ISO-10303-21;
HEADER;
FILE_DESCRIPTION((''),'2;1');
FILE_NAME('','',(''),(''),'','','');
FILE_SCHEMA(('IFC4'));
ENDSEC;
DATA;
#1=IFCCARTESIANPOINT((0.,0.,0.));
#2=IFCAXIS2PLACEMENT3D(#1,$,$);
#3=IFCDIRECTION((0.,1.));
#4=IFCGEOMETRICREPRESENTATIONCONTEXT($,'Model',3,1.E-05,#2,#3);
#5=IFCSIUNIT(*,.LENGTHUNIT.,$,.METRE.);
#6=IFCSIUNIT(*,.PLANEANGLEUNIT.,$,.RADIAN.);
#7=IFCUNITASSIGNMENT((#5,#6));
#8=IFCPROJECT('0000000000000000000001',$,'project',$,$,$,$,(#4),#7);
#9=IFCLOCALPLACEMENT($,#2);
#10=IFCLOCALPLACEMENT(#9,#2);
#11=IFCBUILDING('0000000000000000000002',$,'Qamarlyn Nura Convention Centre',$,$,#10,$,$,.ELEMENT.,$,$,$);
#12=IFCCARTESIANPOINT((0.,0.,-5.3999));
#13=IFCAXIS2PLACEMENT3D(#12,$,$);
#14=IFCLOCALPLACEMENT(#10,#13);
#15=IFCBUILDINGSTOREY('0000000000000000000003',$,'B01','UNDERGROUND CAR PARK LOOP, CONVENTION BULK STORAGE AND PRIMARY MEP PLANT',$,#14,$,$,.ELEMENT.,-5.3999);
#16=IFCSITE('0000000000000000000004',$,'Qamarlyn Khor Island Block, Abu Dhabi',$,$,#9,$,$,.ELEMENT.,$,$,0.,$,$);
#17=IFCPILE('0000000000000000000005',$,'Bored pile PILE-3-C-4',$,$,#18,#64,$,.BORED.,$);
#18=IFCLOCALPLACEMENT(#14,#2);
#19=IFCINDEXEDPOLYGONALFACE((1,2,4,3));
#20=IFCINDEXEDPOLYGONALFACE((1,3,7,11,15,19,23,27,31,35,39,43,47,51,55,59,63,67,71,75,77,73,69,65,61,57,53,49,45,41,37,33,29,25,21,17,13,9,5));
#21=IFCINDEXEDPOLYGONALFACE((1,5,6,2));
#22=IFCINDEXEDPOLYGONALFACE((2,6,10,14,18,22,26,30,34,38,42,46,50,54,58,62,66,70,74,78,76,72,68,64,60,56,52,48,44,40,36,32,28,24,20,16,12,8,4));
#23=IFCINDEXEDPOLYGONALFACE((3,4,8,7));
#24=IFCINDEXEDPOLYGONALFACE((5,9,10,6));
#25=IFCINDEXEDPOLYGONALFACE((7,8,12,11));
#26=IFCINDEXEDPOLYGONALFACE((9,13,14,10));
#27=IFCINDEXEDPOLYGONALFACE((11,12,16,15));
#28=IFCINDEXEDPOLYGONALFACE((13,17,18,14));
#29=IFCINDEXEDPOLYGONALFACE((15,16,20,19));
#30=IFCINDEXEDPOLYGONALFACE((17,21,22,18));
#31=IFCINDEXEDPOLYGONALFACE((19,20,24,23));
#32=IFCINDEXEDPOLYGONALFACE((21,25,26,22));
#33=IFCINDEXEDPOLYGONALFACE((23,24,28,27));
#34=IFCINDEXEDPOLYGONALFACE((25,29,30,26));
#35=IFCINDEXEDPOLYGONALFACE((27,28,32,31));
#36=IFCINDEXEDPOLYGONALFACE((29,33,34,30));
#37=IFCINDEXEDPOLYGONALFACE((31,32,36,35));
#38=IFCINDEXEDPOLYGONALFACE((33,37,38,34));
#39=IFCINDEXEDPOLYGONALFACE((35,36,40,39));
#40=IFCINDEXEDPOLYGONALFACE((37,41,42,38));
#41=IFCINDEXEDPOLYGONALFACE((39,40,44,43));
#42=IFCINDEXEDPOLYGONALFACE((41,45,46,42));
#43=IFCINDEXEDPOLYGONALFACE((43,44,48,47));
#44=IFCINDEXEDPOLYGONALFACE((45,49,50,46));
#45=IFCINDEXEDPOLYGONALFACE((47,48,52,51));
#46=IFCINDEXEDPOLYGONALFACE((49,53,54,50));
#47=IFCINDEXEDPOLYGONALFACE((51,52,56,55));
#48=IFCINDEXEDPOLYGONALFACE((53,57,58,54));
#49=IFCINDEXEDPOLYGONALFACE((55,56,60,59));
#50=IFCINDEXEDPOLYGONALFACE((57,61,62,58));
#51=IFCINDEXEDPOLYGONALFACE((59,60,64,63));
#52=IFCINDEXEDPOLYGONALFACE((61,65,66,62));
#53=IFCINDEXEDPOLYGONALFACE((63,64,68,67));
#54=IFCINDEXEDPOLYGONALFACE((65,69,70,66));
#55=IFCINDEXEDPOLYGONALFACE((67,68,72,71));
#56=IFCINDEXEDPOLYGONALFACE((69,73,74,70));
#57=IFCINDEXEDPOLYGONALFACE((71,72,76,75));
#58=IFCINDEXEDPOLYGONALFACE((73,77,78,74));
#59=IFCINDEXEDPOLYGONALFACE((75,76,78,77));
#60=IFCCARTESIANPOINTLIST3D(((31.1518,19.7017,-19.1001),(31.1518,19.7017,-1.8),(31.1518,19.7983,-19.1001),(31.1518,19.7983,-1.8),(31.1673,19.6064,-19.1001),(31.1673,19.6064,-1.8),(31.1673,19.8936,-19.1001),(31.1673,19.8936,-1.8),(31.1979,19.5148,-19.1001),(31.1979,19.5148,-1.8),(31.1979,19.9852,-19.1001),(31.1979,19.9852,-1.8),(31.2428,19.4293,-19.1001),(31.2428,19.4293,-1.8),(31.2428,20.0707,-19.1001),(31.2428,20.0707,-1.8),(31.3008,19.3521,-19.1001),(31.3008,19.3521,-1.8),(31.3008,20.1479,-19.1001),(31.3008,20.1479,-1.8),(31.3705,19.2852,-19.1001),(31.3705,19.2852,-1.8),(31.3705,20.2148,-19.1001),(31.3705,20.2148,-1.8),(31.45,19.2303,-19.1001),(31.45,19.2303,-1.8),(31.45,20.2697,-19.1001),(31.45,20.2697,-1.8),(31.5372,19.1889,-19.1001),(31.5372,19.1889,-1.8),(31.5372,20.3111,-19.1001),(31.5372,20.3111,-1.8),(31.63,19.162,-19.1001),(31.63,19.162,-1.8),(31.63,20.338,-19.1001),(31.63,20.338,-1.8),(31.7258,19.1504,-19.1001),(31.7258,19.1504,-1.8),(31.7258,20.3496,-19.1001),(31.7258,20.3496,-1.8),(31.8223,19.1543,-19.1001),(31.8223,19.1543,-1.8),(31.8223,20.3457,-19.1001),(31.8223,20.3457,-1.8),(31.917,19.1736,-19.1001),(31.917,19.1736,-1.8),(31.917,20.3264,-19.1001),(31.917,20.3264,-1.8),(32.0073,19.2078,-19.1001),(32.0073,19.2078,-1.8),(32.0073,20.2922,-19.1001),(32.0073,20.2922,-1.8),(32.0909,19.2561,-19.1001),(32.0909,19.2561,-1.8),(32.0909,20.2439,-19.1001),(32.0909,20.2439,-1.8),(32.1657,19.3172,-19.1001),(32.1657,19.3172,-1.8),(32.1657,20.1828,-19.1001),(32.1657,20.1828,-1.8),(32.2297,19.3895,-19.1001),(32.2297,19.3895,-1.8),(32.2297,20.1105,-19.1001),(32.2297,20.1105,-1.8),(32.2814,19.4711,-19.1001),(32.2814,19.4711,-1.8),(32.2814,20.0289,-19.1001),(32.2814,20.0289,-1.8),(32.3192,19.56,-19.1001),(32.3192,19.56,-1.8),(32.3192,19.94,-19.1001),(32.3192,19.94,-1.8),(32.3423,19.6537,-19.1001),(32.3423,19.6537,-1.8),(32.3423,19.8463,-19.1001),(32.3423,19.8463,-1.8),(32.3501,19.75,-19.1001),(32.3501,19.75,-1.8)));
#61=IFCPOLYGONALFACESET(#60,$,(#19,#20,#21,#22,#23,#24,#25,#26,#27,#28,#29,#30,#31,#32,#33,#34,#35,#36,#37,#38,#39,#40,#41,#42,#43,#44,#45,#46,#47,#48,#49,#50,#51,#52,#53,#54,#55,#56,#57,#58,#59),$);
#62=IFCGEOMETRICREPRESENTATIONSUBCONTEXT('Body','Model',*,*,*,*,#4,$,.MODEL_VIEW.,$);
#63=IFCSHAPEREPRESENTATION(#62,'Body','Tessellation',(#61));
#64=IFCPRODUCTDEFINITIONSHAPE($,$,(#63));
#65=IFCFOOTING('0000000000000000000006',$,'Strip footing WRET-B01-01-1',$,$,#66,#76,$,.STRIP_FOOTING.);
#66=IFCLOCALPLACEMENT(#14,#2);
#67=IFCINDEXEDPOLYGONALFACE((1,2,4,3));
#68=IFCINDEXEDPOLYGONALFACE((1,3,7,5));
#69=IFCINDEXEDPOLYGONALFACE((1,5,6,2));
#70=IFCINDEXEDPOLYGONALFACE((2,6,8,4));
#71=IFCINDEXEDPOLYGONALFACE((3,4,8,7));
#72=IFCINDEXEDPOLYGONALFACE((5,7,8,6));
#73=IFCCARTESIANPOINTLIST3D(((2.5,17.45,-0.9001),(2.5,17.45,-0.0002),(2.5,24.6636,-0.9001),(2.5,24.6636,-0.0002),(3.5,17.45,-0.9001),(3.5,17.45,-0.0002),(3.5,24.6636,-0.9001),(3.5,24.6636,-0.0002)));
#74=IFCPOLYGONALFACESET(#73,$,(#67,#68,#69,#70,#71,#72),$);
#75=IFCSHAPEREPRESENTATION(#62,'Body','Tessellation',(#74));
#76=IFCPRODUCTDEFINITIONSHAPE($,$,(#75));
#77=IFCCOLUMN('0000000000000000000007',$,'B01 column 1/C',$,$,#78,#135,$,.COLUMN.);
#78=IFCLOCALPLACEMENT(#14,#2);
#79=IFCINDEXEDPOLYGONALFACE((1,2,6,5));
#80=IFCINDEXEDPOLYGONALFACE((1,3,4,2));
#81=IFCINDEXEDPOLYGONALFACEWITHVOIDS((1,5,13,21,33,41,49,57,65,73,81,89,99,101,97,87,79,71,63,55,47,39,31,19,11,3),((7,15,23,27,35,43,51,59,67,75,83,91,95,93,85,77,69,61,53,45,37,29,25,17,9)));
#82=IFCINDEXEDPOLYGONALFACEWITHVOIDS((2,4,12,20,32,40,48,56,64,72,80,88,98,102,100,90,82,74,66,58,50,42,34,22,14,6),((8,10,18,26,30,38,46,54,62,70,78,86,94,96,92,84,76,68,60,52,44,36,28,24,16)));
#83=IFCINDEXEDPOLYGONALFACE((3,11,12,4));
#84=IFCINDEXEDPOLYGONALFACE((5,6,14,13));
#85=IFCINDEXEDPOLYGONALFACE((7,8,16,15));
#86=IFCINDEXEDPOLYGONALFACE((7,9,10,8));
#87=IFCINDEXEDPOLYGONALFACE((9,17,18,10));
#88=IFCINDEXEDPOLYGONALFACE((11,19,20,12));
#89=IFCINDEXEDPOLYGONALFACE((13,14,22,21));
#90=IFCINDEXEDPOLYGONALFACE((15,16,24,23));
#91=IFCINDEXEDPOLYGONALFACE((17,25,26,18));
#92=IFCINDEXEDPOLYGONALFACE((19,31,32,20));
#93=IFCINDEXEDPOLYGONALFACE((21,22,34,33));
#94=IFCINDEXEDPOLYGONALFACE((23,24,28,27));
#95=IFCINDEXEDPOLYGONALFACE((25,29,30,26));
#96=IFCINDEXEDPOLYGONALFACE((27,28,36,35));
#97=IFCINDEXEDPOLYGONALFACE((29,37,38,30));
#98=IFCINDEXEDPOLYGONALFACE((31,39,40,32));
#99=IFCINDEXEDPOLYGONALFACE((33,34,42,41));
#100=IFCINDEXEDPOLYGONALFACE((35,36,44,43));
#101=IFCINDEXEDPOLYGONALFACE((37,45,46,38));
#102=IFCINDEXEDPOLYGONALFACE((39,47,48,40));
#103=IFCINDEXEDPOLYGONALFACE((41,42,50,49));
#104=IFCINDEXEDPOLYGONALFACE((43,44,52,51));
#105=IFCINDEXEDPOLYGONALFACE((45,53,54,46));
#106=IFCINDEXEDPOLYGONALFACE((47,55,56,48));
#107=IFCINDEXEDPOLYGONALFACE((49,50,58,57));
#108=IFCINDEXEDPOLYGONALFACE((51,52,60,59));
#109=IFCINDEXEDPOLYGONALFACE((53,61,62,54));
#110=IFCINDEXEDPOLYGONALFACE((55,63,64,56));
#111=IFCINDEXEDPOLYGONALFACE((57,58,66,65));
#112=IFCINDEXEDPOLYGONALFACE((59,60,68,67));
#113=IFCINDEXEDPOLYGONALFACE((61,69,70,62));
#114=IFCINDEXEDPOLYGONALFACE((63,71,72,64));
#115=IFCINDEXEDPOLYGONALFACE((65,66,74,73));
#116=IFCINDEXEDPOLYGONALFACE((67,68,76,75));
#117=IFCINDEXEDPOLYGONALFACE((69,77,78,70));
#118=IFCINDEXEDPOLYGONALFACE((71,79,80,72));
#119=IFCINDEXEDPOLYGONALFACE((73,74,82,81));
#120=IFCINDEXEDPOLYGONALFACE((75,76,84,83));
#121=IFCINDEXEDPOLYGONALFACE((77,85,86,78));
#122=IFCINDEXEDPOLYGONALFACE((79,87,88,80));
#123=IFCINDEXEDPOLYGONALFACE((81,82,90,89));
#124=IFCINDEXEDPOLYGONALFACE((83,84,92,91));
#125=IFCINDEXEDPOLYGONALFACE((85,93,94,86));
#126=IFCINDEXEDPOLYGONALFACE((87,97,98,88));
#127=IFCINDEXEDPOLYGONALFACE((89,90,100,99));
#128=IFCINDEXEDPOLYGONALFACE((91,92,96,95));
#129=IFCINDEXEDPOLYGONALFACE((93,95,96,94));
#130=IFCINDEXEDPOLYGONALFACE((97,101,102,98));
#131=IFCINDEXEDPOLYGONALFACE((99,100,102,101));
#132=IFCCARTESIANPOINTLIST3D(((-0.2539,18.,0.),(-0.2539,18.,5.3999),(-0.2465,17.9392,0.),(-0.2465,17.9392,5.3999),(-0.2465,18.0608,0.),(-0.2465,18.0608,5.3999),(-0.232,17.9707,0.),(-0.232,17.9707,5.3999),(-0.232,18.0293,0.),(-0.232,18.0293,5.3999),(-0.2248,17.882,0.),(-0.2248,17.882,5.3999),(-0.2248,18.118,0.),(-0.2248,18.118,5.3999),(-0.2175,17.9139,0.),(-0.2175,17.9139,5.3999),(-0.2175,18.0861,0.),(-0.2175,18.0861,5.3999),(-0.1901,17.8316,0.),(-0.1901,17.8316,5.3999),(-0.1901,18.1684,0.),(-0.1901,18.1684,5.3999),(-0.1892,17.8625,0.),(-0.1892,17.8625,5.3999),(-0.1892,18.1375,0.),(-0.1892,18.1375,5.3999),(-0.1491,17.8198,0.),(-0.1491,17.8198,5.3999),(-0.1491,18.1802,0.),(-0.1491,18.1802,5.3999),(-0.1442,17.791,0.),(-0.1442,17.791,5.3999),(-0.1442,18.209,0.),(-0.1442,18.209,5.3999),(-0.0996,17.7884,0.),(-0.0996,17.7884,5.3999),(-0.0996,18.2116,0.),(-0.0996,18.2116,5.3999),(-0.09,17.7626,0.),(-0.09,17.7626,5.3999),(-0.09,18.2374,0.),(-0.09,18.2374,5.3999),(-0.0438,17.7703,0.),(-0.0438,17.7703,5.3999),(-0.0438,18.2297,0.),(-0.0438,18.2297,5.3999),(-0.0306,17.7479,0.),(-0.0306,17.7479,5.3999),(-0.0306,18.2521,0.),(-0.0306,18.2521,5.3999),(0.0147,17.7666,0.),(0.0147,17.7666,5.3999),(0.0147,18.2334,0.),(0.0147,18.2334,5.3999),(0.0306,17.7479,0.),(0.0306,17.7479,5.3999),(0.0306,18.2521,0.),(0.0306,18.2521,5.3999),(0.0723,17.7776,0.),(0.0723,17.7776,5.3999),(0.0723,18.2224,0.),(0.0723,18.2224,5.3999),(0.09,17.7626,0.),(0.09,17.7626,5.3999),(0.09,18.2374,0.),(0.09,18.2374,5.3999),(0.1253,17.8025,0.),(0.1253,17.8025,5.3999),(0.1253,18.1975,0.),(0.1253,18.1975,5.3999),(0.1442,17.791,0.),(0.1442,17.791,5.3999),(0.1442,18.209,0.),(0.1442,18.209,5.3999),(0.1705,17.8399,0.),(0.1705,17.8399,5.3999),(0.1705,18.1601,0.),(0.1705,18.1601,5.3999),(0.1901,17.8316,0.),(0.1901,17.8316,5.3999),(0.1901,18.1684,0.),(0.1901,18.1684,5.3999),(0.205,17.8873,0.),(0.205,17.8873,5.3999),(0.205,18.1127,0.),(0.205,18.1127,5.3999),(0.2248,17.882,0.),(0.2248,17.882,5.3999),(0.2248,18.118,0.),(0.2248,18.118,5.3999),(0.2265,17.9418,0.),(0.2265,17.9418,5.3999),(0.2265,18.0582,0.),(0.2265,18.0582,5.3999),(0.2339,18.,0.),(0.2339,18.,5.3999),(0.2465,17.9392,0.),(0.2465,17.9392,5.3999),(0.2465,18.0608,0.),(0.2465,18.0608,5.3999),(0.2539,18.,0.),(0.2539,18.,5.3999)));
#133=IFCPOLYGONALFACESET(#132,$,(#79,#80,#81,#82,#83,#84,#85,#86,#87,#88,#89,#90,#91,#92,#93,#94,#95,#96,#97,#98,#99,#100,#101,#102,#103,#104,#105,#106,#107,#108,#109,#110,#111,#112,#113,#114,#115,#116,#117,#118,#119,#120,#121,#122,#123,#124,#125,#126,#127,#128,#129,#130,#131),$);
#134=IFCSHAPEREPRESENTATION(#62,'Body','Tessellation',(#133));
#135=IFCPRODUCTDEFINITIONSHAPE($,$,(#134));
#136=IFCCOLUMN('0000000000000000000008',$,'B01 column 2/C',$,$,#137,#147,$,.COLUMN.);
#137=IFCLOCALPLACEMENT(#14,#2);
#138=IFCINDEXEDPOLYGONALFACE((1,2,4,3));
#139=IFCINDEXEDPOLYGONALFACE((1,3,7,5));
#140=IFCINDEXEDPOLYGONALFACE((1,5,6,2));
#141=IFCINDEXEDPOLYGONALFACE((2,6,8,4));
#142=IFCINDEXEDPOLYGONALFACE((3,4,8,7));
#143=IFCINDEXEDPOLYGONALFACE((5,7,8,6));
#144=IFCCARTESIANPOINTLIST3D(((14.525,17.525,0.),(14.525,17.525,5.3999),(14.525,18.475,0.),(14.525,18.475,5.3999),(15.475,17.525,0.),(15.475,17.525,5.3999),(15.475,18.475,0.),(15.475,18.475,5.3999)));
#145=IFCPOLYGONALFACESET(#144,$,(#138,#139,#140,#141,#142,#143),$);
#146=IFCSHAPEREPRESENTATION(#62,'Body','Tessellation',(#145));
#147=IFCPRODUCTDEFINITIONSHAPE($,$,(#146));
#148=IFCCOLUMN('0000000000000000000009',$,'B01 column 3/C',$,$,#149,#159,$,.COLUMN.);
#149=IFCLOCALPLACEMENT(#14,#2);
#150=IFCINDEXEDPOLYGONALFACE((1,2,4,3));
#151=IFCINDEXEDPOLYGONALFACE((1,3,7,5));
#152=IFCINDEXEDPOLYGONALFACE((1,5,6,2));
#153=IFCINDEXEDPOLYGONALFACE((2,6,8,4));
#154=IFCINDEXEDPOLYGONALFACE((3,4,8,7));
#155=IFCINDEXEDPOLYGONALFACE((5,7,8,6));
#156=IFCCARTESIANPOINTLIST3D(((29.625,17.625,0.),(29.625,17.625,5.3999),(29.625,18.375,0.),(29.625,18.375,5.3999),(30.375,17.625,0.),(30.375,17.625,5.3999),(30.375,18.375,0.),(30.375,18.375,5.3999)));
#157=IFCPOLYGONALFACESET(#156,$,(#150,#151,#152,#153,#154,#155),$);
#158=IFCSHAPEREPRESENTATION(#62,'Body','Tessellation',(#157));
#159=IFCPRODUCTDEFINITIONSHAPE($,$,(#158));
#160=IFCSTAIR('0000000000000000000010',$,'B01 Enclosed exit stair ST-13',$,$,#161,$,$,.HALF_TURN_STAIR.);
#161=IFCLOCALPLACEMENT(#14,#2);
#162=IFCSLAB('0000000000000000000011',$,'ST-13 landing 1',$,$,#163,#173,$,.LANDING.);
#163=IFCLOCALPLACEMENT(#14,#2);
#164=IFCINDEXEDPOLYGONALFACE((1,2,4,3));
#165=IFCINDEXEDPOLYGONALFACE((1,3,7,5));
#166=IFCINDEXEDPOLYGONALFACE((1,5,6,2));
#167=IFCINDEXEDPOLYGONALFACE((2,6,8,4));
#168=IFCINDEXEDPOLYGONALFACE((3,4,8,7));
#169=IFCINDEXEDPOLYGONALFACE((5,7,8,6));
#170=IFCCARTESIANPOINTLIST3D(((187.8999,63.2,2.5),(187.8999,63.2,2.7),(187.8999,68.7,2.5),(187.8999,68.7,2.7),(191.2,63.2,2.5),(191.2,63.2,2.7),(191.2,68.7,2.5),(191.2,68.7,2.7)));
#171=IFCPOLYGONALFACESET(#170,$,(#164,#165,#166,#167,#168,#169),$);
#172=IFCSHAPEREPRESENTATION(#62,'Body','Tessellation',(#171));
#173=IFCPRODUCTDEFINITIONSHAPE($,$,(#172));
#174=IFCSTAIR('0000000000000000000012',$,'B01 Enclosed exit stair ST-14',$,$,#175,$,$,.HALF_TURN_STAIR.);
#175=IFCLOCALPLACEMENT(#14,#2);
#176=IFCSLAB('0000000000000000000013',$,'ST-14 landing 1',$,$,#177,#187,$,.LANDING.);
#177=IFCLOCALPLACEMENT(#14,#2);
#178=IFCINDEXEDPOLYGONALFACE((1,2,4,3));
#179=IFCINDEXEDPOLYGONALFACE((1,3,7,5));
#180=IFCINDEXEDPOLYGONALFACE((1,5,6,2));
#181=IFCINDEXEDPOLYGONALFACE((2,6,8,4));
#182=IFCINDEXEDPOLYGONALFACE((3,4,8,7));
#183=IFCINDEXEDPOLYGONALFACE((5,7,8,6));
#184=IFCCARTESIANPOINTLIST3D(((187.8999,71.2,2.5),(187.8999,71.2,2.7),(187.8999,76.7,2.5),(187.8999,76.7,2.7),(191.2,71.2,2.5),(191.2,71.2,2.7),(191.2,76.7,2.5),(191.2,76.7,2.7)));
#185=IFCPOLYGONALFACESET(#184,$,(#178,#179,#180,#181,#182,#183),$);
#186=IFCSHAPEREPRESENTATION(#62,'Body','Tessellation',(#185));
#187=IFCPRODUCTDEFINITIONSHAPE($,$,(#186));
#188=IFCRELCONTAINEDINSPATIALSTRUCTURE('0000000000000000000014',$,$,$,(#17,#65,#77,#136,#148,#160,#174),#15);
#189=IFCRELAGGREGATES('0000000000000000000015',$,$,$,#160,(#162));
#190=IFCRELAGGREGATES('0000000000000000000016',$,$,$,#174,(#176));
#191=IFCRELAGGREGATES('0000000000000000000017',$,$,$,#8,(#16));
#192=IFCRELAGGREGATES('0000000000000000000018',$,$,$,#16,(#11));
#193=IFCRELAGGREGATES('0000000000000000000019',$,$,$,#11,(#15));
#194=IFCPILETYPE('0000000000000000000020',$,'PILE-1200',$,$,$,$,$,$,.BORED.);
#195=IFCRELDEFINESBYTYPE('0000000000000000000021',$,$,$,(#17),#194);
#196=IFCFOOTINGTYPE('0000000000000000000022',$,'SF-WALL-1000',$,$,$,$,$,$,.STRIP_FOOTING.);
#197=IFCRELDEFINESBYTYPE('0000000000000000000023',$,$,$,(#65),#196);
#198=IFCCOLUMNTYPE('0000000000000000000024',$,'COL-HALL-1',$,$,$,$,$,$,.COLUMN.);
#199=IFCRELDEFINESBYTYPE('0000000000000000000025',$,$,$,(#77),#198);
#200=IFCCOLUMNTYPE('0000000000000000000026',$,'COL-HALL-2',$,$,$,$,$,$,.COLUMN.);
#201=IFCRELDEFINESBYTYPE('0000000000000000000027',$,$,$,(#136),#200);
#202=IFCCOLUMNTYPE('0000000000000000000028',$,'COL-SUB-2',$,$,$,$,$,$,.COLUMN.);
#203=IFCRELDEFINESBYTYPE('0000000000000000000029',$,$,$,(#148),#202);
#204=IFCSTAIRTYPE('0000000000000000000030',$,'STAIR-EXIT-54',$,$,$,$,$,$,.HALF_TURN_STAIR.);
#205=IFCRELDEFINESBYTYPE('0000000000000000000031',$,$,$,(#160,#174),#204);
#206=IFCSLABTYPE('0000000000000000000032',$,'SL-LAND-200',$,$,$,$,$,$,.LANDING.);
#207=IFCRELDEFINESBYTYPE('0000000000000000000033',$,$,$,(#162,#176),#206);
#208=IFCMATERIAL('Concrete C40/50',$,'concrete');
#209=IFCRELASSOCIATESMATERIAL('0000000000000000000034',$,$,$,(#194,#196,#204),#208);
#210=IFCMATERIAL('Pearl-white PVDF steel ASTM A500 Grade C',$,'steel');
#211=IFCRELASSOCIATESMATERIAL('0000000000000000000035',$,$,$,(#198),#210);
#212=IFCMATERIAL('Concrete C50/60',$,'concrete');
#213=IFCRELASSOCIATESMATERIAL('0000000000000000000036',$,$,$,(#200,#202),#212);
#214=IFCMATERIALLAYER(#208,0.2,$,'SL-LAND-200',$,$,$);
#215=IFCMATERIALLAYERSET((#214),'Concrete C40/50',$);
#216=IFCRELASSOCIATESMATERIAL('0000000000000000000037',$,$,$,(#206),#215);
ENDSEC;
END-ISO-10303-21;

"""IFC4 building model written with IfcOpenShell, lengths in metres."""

from ifc_helpers import new_model, si_unit, direction, frame, origin, origin_2d, place, context, subcontext, project, spatial, polyline, rectangle, circle, hollow_circle, outline, extrude, material, layer, layer_set, material_profile, profile_set, type_object, element, aggregate, save


model = new_model("IFC4")

# Units and contexts
model_context = context("Model", 3, precision=1e-05, world=origin(), true_north=direction((0.0, 1.0)))
body_context = subcontext(model_context, "Body", "Model", "MODEL_VIEW")
ifc_project = project(units=[si_unit("LENGTHUNIT", "METRE"), si_unit("PLANEANGLEUNIT", "RADIAN")], contexts=[model_context])

# Site, building, storey
site_placement = place(None, origin())
site = spatial("IfcSite", under=ifc_project, at=site_placement, Name="Qamarlyn Khor Island Block, Abu Dhabi", CompositionType="ELEMENT", RefElevation=0.0)
building_placement = place(site_placement, origin())
building = spatial("IfcBuilding", under=site, at=building_placement, Name="Qamarlyn Nura Convention Centre", CompositionType="ELEMENT")
storey_placement = place(building_placement, frame((0.0, 0.0, -5.3999)))
storey = spatial("IfcBuildingStorey", under=building, at=storey_placement, Name="B01", Description="UNDERGROUND CAR PARK LOOP, CONVENTION BULK STORAGE AND PRIMARY MEP PLANT", CompositionType="ELEMENT", Elevation=-5.3999)

# Shared definitions
ifc_material_1 = material(Name="Concrete C40/50", Category="concrete")

# Pile
ifc_material_profile_1 = material_profile(ifc_material_1, circle(Radius=0.6001, at=origin_2d()), Name="BORED PILE 1200")
ifc_profile_set_1 = profile_set([ifc_material_profile_1], Name="Concrete C40/50")
pile_type = type_object("IfcPileType", Name="PILE-1200", PredefinedType="BORED", material=ifc_profile_set_1)
for number, where, z_axis, x_axis, name in (
    (1, (31.75, 19.75, -1.8), (0.0, 0.0, -1.0), (1.0, 0.0, 0.0), "Bored pile PILE-3-C-4"),
):
    element("IfcPile", number, at=place(storey_placement, frame(where, z_axis=z_axis, x_axis=x_axis)), inside=storey, type_object=pile_type, Name=name, PredefinedType="BORED", context=body_context, shape_type="SweptSolid", body=[
        extrude(circle(Radius=0.6001, at=origin_2d()), origin(), (0.0, 0.0, 1.0), 17.3),
    ])

# Footing
ifc_material_profile_2 = material_profile(ifc_material_1, rectangle(XDim=1.0, YDim=0.8999, at=origin_2d()), Name="RC STRIP 1000x900")
ifc_profile_set_2 = profile_set([ifc_material_profile_2], Name="Concrete C40/50")
footing_type_1 = type_object("IfcFootingType", Name="SF-WALL-1000", PredefinedType="STRIP_FOOTING", material=ifc_profile_set_2)
footing_1_placement = place(storey_placement, frame((3.0, 17.45, -0.4502), z_axis=(0.0, 1.0, 0.0), x_axis=(-1.0, 0.0, 0.0)))
element("IfcFooting", 2, at=footing_1_placement, inside=storey, type_object=footing_type_1, Name="Strip footing WRET-B01-01-1", PredefinedType="STRIP_FOOTING", context=body_context, shape_type="SweptSolid", body=[
    extrude(rectangle(XDim=1.0, YDim=0.8999, at=origin_2d()), origin(), (0.0, 0.0, 1.0), 7.2136),
])

# Columns
ifc_material_2 = material(Name="Pearl-white PVDF steel ASTM A500 Grade C", Category="steel")
ifc_material_profile_3 = material_profile(ifc_material_2, hollow_circle(Radius=0.2539, WallThickness=0.02, at=origin_2d()), Name="CHS508X20")
ifc_profile_set_3 = profile_set([ifc_material_profile_3], Name="Pearl-white PVDF steel ASTM A500 Grade C")
column_type_1 = type_object("IfcColumnType", Name="COL-HALL-1", PredefinedType="COLUMN", material=ifc_profile_set_3)
column_1_placement = place(storey_placement, frame((0.0, 18.0, 0.0), z_axis=(0.0, 0.0, 1.0), x_axis=(1.0, 0.0, 0.0)))
element("IfcColumn", 3, at=column_1_placement, inside=storey, type_object=column_type_1, Name="B01 column 1/C", PredefinedType="COLUMN", context=body_context, shape_type="SweptSolid", body=[
    extrude(hollow_circle(Radius=0.2539, WallThickness=0.02, at=origin_2d()), origin(), (0.0, 0.0, 1.0), 5.3999),
])
ifc_material_3 = material(Name="Concrete C50/60", Category="concrete")
ifc_material_profile_4 = material_profile(ifc_material_3, rectangle(XDim=0.95, YDim=0.95, at=origin_2d()), Name="RC 950x950")
ifc_profile_set_4 = profile_set([ifc_material_profile_4], Name="Concrete C50/60")
column_type_2 = type_object("IfcColumnType", Name="COL-HALL-2", PredefinedType="COLUMN", material=ifc_profile_set_4)
column_2_placement = place(storey_placement, frame((15.0, 18.0, 0.0), z_axis=(0.0, 0.0, 1.0), x_axis=(1.0, 0.0, 0.0)))
element("IfcColumn", 4, at=column_2_placement, inside=storey, type_object=column_type_2, Name="B01 column 2/C", PredefinedType="COLUMN", context=body_context, shape_type="SweptSolid", body=[
    extrude(rectangle(XDim=0.95, YDim=0.95, at=origin_2d()), origin(), (0.0, 0.0, 1.0), 5.3999),
])
ifc_material_profile_5 = material_profile(ifc_material_3, rectangle(XDim=0.75, YDim=0.75, at=origin_2d()), Name="RC 750x750")
ifc_profile_set_5 = profile_set([ifc_material_profile_5], Name="Concrete C50/60")
column_type_3 = type_object("IfcColumnType", Name="COL-SUB-2", PredefinedType="COLUMN", material=ifc_profile_set_5)
column_3_placement = place(storey_placement, frame((30.0, 18.0, 0.0), z_axis=(0.0, 0.0, 1.0), x_axis=(1.0, 0.0, 0.0)))
element("IfcColumn", 5, at=column_3_placement, inside=storey, type_object=column_type_3, Name="B01 column 3/C", PredefinedType="COLUMN", context=body_context, shape_type="SweptSolid", body=[
    extrude(rectangle(XDim=0.75, YDim=0.75, at=origin_2d()), origin(), (0.0, 0.0, 1.0), 5.3999),
])

# Stairs, slabs
stair_type = type_object("IfcStairType", Name="STAIR-EXIT-54", PredefinedType="HALF_TURN_STAIR", material=ifc_material_1)
stair_1_placement = place(storey_placement, origin())
stair_1 = element("IfcStair", 6, at=stair_1_placement, inside=storey, type_object=stair_type, Name="B01 Enclosed exit stair ST-13", PredefinedType="HALF_TURN_STAIR")
ifc_layer_1 = layer(ifc_material_1, 0.2, Name="SL-LAND-200")
ifc_layer_set_1 = layer_set([ifc_layer_1], Name="Concrete C40/50")
slab_type_1 = type_object("IfcSlabType", Name="SL-LAND-200", PredefinedType="LANDING", material=ifc_layer_set_1)
slab_1_placement = place(storey_placement, frame((0.0, 0.0, 2.5)))
slab_1 = element("IfcSlab", 7, at=slab_1_placement, type_object=slab_type_1, Name="ST-13 landing 1", PredefinedType="LANDING", context=body_context, shape_type="SweptSolid", body=[
    extrude(outline(polyline([(187.8999, 63.2), (191.2, 63.2), (191.2, 68.7), (187.8999, 68.7), (187.8999, 63.2)])), origin(), (0.0, 0.0, 1.0), 0.2),
])
aggregate(stair_1, [slab_1])
stair_2_placement = place(storey_placement, origin())
stair_2 = element("IfcStair", 8, at=stair_2_placement, inside=storey, type_object=stair_type, Name="B01 Enclosed exit stair ST-14", PredefinedType="HALF_TURN_STAIR")
slab_2_placement = place(storey_placement, frame((0.0, 0.0, 2.5)))
slab_2 = element("IfcSlab", 9, at=slab_2_placement, type_object=slab_type_1, Name="ST-14 landing 1", PredefinedType="LANDING", context=body_context, shape_type="SweptSolid", body=[
    extrude(outline(polyline([(187.8999, 71.2), (191.2, 71.2), (191.2, 76.7), (187.8999, 76.7), (187.8999, 71.2)])), origin(), (0.0, 0.0, 1.0), 0.2),
])
aggregate(stair_2, [slab_2])

save(model, "model.ifc")
